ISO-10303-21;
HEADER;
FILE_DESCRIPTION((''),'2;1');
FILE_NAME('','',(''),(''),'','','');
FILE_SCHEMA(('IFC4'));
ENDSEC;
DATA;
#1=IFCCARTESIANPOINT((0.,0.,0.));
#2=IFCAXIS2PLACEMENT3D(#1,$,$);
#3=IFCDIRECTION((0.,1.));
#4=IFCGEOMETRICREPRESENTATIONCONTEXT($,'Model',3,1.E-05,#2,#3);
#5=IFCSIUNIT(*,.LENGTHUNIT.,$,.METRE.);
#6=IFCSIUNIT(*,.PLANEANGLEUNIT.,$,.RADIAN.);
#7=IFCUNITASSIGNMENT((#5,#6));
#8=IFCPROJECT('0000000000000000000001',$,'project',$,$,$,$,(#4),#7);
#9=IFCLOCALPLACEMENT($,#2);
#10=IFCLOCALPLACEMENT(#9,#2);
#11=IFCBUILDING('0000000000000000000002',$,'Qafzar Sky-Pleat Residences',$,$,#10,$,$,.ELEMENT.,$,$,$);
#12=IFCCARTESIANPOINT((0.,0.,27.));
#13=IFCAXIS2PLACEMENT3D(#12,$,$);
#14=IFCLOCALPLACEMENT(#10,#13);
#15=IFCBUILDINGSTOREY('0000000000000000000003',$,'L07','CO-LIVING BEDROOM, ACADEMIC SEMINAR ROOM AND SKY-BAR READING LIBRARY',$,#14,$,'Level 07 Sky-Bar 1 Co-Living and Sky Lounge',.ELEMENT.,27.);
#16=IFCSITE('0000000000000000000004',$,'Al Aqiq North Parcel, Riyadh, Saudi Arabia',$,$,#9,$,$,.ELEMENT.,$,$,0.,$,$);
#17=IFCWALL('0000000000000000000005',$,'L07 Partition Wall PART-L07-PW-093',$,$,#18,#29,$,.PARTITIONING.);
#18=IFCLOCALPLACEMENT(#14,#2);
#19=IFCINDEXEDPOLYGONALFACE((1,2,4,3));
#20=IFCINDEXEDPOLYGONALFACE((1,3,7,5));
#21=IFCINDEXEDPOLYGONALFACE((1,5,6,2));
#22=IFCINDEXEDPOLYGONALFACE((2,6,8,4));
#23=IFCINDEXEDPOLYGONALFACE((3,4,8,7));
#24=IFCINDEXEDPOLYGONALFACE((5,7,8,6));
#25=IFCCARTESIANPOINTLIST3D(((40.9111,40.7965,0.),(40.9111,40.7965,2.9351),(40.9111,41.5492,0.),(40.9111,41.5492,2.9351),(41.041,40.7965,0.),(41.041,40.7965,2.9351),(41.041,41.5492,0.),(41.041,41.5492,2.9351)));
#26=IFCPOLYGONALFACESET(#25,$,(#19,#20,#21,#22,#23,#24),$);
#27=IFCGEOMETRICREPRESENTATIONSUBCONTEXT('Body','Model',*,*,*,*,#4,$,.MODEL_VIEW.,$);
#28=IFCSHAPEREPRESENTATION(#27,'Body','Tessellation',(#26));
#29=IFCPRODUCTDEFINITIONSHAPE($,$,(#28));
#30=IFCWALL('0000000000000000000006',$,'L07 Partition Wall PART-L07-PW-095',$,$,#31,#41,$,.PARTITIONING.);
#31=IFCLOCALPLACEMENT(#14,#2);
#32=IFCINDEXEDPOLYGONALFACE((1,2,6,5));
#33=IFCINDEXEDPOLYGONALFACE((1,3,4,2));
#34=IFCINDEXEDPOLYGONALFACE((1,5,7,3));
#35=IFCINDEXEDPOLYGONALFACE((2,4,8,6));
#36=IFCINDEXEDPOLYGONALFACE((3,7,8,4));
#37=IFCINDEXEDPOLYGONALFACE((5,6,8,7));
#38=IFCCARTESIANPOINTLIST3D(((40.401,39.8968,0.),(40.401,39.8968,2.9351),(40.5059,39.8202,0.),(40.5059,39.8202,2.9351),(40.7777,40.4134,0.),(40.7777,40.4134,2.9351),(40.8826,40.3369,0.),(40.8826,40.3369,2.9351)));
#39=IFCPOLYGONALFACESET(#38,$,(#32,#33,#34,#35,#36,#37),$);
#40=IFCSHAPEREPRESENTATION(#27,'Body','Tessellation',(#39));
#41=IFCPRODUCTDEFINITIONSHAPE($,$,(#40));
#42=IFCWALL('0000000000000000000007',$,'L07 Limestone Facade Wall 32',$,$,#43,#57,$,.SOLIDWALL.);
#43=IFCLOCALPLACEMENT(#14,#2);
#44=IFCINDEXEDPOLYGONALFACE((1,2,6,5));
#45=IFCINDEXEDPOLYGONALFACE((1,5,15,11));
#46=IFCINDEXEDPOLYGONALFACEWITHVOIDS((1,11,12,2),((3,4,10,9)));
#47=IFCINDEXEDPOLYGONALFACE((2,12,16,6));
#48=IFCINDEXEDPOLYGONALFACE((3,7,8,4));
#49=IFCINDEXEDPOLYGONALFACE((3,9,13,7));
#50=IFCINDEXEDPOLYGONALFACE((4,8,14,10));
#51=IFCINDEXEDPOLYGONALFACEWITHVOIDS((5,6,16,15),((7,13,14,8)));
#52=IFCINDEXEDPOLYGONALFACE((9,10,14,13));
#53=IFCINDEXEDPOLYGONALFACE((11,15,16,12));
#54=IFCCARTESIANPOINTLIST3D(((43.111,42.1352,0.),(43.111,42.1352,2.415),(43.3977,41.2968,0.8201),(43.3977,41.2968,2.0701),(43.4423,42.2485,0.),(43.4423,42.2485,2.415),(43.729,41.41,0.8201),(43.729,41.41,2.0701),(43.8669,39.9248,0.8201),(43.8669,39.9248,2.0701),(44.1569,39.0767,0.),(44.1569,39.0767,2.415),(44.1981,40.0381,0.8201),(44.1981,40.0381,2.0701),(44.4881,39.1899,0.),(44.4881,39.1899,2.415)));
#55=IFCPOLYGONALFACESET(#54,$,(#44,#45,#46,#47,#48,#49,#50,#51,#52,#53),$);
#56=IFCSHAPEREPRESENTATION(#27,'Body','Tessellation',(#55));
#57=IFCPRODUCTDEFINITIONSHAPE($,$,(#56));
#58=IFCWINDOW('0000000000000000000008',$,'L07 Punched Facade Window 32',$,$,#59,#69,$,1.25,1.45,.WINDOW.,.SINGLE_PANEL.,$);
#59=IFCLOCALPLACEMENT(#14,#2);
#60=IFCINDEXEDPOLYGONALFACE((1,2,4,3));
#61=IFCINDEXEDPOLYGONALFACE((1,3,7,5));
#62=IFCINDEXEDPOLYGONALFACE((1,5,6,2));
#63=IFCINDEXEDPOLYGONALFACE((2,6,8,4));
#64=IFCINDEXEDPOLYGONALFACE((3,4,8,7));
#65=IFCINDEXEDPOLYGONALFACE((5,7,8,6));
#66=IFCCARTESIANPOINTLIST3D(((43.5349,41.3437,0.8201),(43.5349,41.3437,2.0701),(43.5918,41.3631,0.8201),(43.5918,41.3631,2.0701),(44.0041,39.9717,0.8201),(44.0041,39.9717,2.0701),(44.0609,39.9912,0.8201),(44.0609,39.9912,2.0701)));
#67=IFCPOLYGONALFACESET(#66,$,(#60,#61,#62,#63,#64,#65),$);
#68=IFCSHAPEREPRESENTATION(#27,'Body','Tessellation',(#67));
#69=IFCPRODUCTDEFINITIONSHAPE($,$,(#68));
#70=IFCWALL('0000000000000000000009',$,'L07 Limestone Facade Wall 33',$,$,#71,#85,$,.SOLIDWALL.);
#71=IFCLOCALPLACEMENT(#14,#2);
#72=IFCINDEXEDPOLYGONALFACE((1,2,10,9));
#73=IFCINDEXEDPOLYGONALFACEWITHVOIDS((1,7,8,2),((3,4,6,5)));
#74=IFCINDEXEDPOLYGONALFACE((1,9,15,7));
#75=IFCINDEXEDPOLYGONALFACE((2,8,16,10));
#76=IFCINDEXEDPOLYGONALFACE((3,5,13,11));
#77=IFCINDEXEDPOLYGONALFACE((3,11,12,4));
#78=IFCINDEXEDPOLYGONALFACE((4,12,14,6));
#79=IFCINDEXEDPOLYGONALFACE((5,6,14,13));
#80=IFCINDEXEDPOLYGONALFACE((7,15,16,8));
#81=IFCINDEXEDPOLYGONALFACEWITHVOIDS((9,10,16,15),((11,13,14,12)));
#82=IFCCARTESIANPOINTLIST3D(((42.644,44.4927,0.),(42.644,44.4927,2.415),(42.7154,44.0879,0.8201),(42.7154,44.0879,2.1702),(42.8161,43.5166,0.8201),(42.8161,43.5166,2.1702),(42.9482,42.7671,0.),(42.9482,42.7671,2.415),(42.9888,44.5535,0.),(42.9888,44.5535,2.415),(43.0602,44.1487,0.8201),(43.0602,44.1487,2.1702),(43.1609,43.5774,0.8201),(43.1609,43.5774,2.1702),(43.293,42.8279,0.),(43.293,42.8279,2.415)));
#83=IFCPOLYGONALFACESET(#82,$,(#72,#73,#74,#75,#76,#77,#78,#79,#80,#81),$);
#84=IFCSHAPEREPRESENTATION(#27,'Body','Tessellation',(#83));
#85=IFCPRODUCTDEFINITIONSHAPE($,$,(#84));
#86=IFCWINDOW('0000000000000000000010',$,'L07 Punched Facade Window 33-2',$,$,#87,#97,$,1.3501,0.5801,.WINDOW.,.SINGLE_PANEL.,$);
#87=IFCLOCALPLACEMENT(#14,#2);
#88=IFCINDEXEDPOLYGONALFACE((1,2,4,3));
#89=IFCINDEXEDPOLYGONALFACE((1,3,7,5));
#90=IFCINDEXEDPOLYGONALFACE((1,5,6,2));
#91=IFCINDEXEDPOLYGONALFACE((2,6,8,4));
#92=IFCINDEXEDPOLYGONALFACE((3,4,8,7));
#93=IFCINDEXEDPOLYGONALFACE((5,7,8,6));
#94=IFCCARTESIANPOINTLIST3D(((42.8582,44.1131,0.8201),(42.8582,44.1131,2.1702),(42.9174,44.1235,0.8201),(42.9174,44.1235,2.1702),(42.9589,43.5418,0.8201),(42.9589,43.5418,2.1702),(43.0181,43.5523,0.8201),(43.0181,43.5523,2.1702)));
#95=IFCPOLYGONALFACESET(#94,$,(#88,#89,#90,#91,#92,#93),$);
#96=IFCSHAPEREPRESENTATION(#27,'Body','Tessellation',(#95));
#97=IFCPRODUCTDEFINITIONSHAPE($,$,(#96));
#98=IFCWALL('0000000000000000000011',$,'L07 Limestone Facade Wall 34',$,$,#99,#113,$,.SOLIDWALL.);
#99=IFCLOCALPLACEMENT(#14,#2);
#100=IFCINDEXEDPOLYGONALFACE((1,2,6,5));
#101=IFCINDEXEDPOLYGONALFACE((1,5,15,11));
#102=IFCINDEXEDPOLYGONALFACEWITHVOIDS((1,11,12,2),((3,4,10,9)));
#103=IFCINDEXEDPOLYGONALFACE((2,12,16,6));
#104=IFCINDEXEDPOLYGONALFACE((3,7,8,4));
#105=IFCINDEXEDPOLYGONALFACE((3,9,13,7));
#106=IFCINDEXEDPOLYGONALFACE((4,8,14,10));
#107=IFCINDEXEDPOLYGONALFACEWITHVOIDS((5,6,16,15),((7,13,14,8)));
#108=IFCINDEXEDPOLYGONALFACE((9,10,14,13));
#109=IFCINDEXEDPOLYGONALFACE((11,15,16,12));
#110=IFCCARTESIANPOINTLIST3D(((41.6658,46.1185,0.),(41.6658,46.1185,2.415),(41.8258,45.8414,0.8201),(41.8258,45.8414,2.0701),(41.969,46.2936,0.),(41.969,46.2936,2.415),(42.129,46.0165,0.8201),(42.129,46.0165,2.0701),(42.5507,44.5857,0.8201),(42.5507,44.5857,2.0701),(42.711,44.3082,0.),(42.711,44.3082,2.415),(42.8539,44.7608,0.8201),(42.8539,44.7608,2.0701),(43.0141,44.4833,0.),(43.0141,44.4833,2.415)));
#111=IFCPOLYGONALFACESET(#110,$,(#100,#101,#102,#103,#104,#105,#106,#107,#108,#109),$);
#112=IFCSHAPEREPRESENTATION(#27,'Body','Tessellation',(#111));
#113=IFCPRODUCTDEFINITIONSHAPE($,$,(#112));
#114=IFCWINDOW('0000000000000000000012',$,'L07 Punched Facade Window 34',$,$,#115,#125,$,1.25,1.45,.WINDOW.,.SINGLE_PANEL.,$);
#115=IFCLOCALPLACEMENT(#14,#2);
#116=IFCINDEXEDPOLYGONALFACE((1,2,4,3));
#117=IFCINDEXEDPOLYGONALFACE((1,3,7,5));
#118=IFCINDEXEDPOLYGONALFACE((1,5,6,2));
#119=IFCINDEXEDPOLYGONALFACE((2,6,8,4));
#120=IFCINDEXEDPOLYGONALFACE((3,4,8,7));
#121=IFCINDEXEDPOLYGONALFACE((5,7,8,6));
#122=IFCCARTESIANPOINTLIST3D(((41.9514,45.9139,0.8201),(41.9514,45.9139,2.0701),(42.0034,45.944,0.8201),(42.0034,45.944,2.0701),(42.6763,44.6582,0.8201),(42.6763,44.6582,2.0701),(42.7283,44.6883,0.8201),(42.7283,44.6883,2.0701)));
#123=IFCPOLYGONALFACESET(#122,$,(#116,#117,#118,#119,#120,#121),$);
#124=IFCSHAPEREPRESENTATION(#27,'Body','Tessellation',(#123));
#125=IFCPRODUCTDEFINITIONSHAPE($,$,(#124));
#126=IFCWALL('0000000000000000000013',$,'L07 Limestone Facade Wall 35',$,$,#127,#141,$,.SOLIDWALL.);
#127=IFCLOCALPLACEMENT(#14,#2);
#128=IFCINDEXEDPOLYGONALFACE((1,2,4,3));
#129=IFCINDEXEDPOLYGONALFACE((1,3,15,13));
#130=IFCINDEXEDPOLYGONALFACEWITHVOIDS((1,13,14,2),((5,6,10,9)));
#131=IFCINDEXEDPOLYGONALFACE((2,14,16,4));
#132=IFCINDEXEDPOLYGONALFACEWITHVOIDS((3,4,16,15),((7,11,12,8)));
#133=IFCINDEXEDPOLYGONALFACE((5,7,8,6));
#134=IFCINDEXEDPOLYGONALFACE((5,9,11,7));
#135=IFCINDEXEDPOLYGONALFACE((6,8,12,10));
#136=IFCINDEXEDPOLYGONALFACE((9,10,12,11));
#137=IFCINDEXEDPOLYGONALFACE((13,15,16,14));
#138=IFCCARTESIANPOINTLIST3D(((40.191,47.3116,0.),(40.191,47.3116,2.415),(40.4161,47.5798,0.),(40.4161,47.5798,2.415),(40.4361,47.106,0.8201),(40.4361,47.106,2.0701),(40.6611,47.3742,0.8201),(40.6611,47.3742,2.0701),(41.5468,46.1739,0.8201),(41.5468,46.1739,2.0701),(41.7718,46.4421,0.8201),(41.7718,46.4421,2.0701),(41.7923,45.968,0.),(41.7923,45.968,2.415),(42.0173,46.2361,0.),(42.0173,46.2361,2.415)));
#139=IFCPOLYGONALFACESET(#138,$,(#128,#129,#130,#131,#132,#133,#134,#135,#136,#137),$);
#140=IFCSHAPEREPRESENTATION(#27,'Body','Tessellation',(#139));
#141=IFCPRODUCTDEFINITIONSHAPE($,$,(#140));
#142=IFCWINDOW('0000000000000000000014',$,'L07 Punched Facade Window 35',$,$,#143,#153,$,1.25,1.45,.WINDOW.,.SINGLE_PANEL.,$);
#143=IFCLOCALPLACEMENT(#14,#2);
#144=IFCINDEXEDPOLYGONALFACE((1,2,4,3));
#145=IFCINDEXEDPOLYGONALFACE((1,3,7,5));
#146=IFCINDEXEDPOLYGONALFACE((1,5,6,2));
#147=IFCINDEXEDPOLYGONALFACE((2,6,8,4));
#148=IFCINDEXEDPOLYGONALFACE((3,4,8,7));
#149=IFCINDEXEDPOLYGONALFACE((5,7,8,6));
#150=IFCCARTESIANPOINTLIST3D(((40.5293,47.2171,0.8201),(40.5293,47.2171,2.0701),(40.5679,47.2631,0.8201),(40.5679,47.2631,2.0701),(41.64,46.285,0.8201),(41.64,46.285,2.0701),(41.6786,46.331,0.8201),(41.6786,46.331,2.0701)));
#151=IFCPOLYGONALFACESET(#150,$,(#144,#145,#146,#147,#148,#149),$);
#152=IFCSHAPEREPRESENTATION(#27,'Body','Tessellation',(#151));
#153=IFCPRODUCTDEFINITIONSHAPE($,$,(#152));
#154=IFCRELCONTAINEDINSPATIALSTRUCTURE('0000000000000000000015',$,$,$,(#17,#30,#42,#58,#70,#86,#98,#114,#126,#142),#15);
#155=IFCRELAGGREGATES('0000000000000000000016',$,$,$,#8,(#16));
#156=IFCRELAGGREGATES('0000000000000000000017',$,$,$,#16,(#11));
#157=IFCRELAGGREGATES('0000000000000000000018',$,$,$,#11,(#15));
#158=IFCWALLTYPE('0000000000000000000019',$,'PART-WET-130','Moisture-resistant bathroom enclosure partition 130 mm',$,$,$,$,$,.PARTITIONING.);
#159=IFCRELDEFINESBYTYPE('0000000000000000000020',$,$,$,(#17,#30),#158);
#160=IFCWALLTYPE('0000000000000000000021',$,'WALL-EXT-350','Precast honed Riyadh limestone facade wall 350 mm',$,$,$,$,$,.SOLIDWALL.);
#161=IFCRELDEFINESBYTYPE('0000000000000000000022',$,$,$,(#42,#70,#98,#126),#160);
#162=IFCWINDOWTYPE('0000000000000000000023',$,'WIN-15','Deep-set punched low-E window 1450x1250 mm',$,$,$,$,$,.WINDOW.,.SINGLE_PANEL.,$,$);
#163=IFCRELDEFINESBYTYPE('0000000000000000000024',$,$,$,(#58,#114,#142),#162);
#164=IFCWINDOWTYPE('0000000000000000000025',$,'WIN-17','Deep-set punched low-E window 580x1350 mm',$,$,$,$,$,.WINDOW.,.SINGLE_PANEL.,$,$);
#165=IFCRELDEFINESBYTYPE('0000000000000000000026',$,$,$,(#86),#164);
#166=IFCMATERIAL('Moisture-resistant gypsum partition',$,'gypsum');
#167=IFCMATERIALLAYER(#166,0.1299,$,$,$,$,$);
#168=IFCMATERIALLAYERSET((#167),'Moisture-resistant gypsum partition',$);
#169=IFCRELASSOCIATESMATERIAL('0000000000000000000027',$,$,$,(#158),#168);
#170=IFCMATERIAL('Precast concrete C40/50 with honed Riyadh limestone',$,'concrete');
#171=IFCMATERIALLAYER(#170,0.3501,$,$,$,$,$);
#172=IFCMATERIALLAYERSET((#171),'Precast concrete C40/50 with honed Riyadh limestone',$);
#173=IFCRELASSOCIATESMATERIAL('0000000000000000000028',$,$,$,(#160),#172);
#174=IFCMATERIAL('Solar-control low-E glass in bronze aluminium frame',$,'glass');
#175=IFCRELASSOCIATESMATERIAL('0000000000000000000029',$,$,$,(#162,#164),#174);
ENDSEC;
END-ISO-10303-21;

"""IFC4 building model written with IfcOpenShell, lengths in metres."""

from ifc_helpers import new_model, si_unit, direction, frame, frame_2d, origin, place, context, subcontext, project, spatial, rectangle, extrude, source, transform, mapped, material, layer, layer_set, type_object, element, fill, save


model = new_model("IFC4")

# Units and contexts
model_context = context("Model", 3, precision=1e-05, world=origin(), true_north=direction((0.0, 1.0)))
body_context = subcontext(model_context, "Body", "Model", "MODEL_VIEW")
ifc_project = project(units=[si_unit("LENGTHUNIT", "METRE"), si_unit("PLANEANGLEUNIT", "RADIAN")], contexts=[model_context])

# Site, building, storey
site_placement = place(None, origin())
site = spatial("IfcSite", under=ifc_project, at=site_placement, Name="Al Aqiq North Parcel, Riyadh, Saudi Arabia", CompositionType="ELEMENT", RefElevation=0.0)
building_placement = place(site_placement, origin())
building = spatial("IfcBuilding", under=site, at=building_placement, Name="Qafzar Sky-Pleat Residences", CompositionType="ELEMENT")
storey_placement = place(building_placement, frame((0.0, 0.0, 27.0)))
storey = spatial("IfcBuildingStorey", under=building, at=storey_placement, Name="L07", Description="CO-LIVING BEDROOM, ACADEMIC SEMINAR ROOM AND SKY-BAR READING LIBRARY", LongName="Level 07 Sky-Bar 1 Co-Living and Sky Lounge", CompositionType="ELEMENT", Elevation=27.0)

# Walls
ifc_material_1 = material(Name="Moisture-resistant gypsum partition", Category="gypsum")
ifc_layer_1 = layer(ifc_material_1, 0.1299)
ifc_layer_set_1 = layer_set([ifc_layer_1], Name="Moisture-resistant gypsum partition")
wall_type_1 = type_object("IfcWallType", Name="PART-WET-130", Description="Moisture-resistant bathroom enclosure partition 130 mm", PredefinedType="PARTITIONING", material=ifc_layer_set_1)
wall_1_placement = place(storey_placement, frame((40.9761, 40.7964, 0.0), z_axis=(0.0, 0.0, 1.0), x_axis=(0.0, 1.0, 0.0)))
element("IfcWall", 1, at=wall_1_placement, inside=storey, type_object=wall_type_1, Name="L07 Partition Wall PART-L07-PW-093", PredefinedType="PARTITIONING", context=body_context, shape_type="SweptSolid", body=[
    extrude(rectangle(XDim=0.7527, YDim=0.1299, at=frame_2d((0.3765, 0.0))), origin(), (0.0, 0.0, 1.0), 2.9351),
])
wall_2_placement = place(storey_placement, frame((40.4534, 39.8584, 0.0), z_axis=(0.0, 0.0, 1.0), x_axis=(0.589193, 0.807992, 0.0)))
element("IfcWall", 2, at=wall_2_placement, inside=storey, type_object=wall_type_1, Name="L07 Partition Wall PART-L07-PW-095", PredefinedType="PARTITIONING", context=body_context, shape_type="SweptSolid", body=[
    extrude(rectangle(XDim=0.6394, YDim=0.1299, at=frame_2d((0.3198, 0.0))), origin(), (0.0, 0.0, 1.0), 2.9351),
])

# Walls, openings, windows
ifc_material_2 = material(Name="Precast concrete C40/50 with honed Riyadh limestone", Category="concrete")
ifc_layer_2 = layer(ifc_material_2, 0.3501)
ifc_layer_set_2 = layer_set([ifc_layer_2], Name="Precast concrete C40/50 with honed Riyadh limestone")
wall_type_2 = type_object("IfcWallType", Name="WALL-EXT-350", Description="Precast honed Riyadh limestone facade wall 350 mm", PredefinedType="SOLIDWALL", material=ifc_layer_set_2)
wall_3_placement = place(storey_placement, frame((44.3225, 39.1333, 0.0), z_axis=(0.0, 0.0, 1.0), x_axis=(-0.32356, 0.946208, 0.0)))
wall_3 = element("IfcWall", 3, at=wall_3_placement, inside=storey, type_object=wall_type_2, Name="L07 Limestone Facade Wall 32", PredefinedType="SOLIDWALL", context=body_context, shape_type="SweptSolid", body=[
    extrude(rectangle(XDim=3.2324, YDim=0.3501, at=frame_2d((1.6162, 0.0))), origin(), (0.0, 0.0, 1.0), 2.415),
])
opening_1_placement = place(wall_3_placement, frame((0.8962, 0.0, 0.8201)))
opening_1 = element("IfcOpeningElement", 4, at=opening_1_placement, cuts=wall_3, PredefinedType="OPENING", context=body_context, shape_type="SweptSolid", body=[
    extrude(rectangle(XDim=1.45, YDim=1.25, at=frame_2d((0.7251, 0.625))), frame((0.0, 0.1851, 0.0), z_axis=(0.0, -1.0, 0.0), x_axis=(1.0, 0.0, 0.0)), (0.0, 0.0, 1.0), 0.3701),
])
ifc_material_3 = material(Name="Solar-control low-E glass in bronze aluminium frame", Category="glass")
window_type_1 = type_object("IfcWindowType", Name="WIN-15", Description="Deep-set punched low-E window 1450x1250 mm", PartitioningType="SINGLE_PANEL", PredefinedType="WINDOW", material=ifc_material_3)
shared_shape_1 = source(origin(), body_context, "Body", "SweptSolid", [
    extrude(rectangle(XDim=1.45, YDim=1.25, at=frame_2d((0.7251, 0.625))), frame((0.0, 0.03, 0.0), z_axis=(0.0, -1.0, 0.0), x_axis=(1.0, 0.0, 0.0)), (0.0, 0.0, 1.0), 0.0601),
])
window_1_placement = place(opening_1_placement, origin())
window_1 = element("IfcWindow", 5, at=window_1_placement, inside=storey, type_object=window_type_1, Name="L07 Punched Facade Window 32", OverallHeight=1.25, OverallWidth=1.45, PartitioningType="SINGLE_PANEL", PredefinedType="WINDOW", context=body_context, shape_type="MappedRepresentation", body=[
    mapped(shared_shape_1, transform((0.0, 0.0, 0.0), x_axis=(1.0, 0.0, 0.0), y_axis=(0.0, 1.0, 0.0), z_axis=(0.0, 0.0, 1.0), scale=1.0)),
])
fill(opening_1, window_1)
wall_4_placement = place(storey_placement, frame((43.1206, 42.7976, 0.0), z_axis=(0.0, 0.0, 1.0), x_axis=(-0.17361, 0.984814, 0.0)))
wall_4 = element("IfcWall", 6, at=wall_4_placement, inside=storey, type_object=wall_type_2, Name="L07 Limestone Facade Wall 33", PredefinedType="SOLIDWALL", context=body_context, shape_type="SweptSolid", body=[
    extrude(rectangle(XDim=1.7522, YDim=0.3501, at=frame_2d((0.876, 0.0))), origin(), (0.0, 0.0, 1.0), 2.415),
])
opening_2_placement = place(wall_4_placement, frame((0.761, 0.0, 0.8201)))
opening_2 = element("IfcOpeningElement", 7, at=opening_2_placement, cuts=wall_4, PredefinedType="OPENING", context=body_context, shape_type="SweptSolid", body=[
    extrude(rectangle(XDim=0.5801, YDim=1.3501, at=frame_2d((0.29, 0.675))), frame((0.0, 0.1851, 0.0), z_axis=(0.0, -1.0, 0.0), x_axis=(1.0, 0.0, 0.0)), (0.0, 0.0, 1.0), 0.3701),
])
window_type_2 = type_object("IfcWindowType", Name="WIN-17", Description="Deep-set punched low-E window 580x1350 mm", PartitioningType="SINGLE_PANEL", PredefinedType="WINDOW", material=ifc_material_3)
shared_shape_2 = source(origin(), body_context, "Body", "SweptSolid", [
    extrude(rectangle(XDim=0.5801, YDim=1.3501, at=frame_2d((0.29, 0.675))), frame((0.0, 0.03, 0.0), z_axis=(0.0, -1.0, 0.0), x_axis=(1.0, 0.0, 0.0)), (0.0, 0.0, 1.0), 0.0601),
])
window_2_placement = place(opening_2_placement, origin())
window_2 = element("IfcWindow", 8, at=window_2_placement, inside=storey, type_object=window_type_2, Name="L07 Punched Facade Window 33-2", OverallHeight=1.3501, OverallWidth=0.5801, PartitioningType="SINGLE_PANEL", PredefinedType="WINDOW", context=body_context, shape_type="MappedRepresentation", body=[
    mapped(shared_shape_2, transform((0.0, 0.0, 0.0), x_axis=(1.0, 0.0, 0.0), y_axis=(0.0, 1.0, 0.0), z_axis=(0.0, 0.0, 1.0), scale=1.0)),
])
fill(opening_2, window_2)
wall_5_placement = place(storey_placement, frame((42.8625, 44.3958, 0.0), z_axis=(0.0, 0.0, 1.0), x_axis=(-0.499995, 0.866028, 0.0)))
wall_5 = element("IfcWall", 9, at=wall_5_placement, inside=storey, type_object=wall_type_2, Name="L07 Limestone Facade Wall 34", PredefinedType="SOLIDWALL", context=body_context, shape_type="SweptSolid", body=[
    extrude(rectangle(XDim=2.0903, YDim=0.3501, at=frame_2d((1.0452, 0.0))), origin(), (0.0, 0.0, 1.0), 2.415),
])
opening_3_placement = place(wall_5_placement, frame((0.3203, 0.0, 0.8201)))
opening_3 = element("IfcOpeningElement", 10, at=opening_3_placement, cuts=wall_5, PredefinedType="OPENING", context=body_context, shape_type="SweptSolid", body=[
    extrude(rectangle(XDim=1.45, YDim=1.25, at=frame_2d((0.7251, 0.625))), frame((0.0, 0.1851, 0.0), z_axis=(0.0, -1.0, 0.0), x_axis=(1.0, 0.0, 0.0)), (0.0, 0.0, 1.0), 0.3701),
])
window_3_placement = place(opening_3_placement, origin())
window_3 = element("IfcWindow", 11, at=window_3_placement, inside=storey, type_object=window_type_1, Name="L07 Punched Facade Window 34", OverallHeight=1.25, OverallWidth=1.45, PartitioningType="SINGLE_PANEL", PredefinedType="WINDOW", context=body_context, shape_type="MappedRepresentation", body=[
    mapped(shared_shape_1, transform((0.0, 0.0, 0.0), x_axis=(1.0, 0.0, 0.0), y_axis=(0.0, 1.0, 0.0), z_axis=(0.0, 0.0, 1.0), scale=1.0)),
])
fill(opening_3, window_3)
wall_6_placement = place(storey_placement, frame((41.9048, 46.1021, 0.0), z_axis=(0.0, 0.0, 1.0), x_axis=(-0.766025, 0.642811, 0.0)))
wall_6 = element("IfcWall", 12, at=wall_6_placement, inside=storey, type_object=wall_type_2, Name="L07 Limestone Facade Wall 35", PredefinedType="SOLIDWALL", context=body_context, shape_type="SweptSolid", body=[
    extrude(rectangle(XDim=2.0903, YDim=0.3501, at=frame_2d((1.0452, 0.0))), origin(), (0.0, 0.0, 1.0), 2.415),
])
opening_4_placement = place(wall_6_placement, frame((0.3203, 0.0, 0.8201)))
opening_4 = element("IfcOpeningElement", 13, at=opening_4_placement, cuts=wall_6, PredefinedType="OPENING", context=body_context, shape_type="SweptSolid", body=[
    extrude(rectangle(XDim=1.45, YDim=1.25, at=frame_2d((0.7251, 0.625))), frame((0.0, 0.1851, 0.0), z_axis=(0.0, -1.0, 0.0), x_axis=(1.0, 0.0, 0.0)), (0.0, 0.0, 1.0), 0.3701),
])
window_4_placement = place(opening_4_placement, origin())
window_4 = element("IfcWindow", 14, at=window_4_placement, inside=storey, type_object=window_type_1, Name="L07 Punched Facade Window 35", OverallHeight=1.25, OverallWidth=1.45, PartitioningType="SINGLE_PANEL", PredefinedType="WINDOW", context=body_context, shape_type="MappedRepresentation", body=[
    mapped(shared_shape_1, transform((0.0, 0.0, 0.0), x_axis=(1.0, 0.0, 0.0), y_axis=(0.0, 1.0, 0.0), z_axis=(0.0, 0.0, 1.0), scale=1.0)),
])
fill(opening_4, window_4)

save(model, "model.ifc")
